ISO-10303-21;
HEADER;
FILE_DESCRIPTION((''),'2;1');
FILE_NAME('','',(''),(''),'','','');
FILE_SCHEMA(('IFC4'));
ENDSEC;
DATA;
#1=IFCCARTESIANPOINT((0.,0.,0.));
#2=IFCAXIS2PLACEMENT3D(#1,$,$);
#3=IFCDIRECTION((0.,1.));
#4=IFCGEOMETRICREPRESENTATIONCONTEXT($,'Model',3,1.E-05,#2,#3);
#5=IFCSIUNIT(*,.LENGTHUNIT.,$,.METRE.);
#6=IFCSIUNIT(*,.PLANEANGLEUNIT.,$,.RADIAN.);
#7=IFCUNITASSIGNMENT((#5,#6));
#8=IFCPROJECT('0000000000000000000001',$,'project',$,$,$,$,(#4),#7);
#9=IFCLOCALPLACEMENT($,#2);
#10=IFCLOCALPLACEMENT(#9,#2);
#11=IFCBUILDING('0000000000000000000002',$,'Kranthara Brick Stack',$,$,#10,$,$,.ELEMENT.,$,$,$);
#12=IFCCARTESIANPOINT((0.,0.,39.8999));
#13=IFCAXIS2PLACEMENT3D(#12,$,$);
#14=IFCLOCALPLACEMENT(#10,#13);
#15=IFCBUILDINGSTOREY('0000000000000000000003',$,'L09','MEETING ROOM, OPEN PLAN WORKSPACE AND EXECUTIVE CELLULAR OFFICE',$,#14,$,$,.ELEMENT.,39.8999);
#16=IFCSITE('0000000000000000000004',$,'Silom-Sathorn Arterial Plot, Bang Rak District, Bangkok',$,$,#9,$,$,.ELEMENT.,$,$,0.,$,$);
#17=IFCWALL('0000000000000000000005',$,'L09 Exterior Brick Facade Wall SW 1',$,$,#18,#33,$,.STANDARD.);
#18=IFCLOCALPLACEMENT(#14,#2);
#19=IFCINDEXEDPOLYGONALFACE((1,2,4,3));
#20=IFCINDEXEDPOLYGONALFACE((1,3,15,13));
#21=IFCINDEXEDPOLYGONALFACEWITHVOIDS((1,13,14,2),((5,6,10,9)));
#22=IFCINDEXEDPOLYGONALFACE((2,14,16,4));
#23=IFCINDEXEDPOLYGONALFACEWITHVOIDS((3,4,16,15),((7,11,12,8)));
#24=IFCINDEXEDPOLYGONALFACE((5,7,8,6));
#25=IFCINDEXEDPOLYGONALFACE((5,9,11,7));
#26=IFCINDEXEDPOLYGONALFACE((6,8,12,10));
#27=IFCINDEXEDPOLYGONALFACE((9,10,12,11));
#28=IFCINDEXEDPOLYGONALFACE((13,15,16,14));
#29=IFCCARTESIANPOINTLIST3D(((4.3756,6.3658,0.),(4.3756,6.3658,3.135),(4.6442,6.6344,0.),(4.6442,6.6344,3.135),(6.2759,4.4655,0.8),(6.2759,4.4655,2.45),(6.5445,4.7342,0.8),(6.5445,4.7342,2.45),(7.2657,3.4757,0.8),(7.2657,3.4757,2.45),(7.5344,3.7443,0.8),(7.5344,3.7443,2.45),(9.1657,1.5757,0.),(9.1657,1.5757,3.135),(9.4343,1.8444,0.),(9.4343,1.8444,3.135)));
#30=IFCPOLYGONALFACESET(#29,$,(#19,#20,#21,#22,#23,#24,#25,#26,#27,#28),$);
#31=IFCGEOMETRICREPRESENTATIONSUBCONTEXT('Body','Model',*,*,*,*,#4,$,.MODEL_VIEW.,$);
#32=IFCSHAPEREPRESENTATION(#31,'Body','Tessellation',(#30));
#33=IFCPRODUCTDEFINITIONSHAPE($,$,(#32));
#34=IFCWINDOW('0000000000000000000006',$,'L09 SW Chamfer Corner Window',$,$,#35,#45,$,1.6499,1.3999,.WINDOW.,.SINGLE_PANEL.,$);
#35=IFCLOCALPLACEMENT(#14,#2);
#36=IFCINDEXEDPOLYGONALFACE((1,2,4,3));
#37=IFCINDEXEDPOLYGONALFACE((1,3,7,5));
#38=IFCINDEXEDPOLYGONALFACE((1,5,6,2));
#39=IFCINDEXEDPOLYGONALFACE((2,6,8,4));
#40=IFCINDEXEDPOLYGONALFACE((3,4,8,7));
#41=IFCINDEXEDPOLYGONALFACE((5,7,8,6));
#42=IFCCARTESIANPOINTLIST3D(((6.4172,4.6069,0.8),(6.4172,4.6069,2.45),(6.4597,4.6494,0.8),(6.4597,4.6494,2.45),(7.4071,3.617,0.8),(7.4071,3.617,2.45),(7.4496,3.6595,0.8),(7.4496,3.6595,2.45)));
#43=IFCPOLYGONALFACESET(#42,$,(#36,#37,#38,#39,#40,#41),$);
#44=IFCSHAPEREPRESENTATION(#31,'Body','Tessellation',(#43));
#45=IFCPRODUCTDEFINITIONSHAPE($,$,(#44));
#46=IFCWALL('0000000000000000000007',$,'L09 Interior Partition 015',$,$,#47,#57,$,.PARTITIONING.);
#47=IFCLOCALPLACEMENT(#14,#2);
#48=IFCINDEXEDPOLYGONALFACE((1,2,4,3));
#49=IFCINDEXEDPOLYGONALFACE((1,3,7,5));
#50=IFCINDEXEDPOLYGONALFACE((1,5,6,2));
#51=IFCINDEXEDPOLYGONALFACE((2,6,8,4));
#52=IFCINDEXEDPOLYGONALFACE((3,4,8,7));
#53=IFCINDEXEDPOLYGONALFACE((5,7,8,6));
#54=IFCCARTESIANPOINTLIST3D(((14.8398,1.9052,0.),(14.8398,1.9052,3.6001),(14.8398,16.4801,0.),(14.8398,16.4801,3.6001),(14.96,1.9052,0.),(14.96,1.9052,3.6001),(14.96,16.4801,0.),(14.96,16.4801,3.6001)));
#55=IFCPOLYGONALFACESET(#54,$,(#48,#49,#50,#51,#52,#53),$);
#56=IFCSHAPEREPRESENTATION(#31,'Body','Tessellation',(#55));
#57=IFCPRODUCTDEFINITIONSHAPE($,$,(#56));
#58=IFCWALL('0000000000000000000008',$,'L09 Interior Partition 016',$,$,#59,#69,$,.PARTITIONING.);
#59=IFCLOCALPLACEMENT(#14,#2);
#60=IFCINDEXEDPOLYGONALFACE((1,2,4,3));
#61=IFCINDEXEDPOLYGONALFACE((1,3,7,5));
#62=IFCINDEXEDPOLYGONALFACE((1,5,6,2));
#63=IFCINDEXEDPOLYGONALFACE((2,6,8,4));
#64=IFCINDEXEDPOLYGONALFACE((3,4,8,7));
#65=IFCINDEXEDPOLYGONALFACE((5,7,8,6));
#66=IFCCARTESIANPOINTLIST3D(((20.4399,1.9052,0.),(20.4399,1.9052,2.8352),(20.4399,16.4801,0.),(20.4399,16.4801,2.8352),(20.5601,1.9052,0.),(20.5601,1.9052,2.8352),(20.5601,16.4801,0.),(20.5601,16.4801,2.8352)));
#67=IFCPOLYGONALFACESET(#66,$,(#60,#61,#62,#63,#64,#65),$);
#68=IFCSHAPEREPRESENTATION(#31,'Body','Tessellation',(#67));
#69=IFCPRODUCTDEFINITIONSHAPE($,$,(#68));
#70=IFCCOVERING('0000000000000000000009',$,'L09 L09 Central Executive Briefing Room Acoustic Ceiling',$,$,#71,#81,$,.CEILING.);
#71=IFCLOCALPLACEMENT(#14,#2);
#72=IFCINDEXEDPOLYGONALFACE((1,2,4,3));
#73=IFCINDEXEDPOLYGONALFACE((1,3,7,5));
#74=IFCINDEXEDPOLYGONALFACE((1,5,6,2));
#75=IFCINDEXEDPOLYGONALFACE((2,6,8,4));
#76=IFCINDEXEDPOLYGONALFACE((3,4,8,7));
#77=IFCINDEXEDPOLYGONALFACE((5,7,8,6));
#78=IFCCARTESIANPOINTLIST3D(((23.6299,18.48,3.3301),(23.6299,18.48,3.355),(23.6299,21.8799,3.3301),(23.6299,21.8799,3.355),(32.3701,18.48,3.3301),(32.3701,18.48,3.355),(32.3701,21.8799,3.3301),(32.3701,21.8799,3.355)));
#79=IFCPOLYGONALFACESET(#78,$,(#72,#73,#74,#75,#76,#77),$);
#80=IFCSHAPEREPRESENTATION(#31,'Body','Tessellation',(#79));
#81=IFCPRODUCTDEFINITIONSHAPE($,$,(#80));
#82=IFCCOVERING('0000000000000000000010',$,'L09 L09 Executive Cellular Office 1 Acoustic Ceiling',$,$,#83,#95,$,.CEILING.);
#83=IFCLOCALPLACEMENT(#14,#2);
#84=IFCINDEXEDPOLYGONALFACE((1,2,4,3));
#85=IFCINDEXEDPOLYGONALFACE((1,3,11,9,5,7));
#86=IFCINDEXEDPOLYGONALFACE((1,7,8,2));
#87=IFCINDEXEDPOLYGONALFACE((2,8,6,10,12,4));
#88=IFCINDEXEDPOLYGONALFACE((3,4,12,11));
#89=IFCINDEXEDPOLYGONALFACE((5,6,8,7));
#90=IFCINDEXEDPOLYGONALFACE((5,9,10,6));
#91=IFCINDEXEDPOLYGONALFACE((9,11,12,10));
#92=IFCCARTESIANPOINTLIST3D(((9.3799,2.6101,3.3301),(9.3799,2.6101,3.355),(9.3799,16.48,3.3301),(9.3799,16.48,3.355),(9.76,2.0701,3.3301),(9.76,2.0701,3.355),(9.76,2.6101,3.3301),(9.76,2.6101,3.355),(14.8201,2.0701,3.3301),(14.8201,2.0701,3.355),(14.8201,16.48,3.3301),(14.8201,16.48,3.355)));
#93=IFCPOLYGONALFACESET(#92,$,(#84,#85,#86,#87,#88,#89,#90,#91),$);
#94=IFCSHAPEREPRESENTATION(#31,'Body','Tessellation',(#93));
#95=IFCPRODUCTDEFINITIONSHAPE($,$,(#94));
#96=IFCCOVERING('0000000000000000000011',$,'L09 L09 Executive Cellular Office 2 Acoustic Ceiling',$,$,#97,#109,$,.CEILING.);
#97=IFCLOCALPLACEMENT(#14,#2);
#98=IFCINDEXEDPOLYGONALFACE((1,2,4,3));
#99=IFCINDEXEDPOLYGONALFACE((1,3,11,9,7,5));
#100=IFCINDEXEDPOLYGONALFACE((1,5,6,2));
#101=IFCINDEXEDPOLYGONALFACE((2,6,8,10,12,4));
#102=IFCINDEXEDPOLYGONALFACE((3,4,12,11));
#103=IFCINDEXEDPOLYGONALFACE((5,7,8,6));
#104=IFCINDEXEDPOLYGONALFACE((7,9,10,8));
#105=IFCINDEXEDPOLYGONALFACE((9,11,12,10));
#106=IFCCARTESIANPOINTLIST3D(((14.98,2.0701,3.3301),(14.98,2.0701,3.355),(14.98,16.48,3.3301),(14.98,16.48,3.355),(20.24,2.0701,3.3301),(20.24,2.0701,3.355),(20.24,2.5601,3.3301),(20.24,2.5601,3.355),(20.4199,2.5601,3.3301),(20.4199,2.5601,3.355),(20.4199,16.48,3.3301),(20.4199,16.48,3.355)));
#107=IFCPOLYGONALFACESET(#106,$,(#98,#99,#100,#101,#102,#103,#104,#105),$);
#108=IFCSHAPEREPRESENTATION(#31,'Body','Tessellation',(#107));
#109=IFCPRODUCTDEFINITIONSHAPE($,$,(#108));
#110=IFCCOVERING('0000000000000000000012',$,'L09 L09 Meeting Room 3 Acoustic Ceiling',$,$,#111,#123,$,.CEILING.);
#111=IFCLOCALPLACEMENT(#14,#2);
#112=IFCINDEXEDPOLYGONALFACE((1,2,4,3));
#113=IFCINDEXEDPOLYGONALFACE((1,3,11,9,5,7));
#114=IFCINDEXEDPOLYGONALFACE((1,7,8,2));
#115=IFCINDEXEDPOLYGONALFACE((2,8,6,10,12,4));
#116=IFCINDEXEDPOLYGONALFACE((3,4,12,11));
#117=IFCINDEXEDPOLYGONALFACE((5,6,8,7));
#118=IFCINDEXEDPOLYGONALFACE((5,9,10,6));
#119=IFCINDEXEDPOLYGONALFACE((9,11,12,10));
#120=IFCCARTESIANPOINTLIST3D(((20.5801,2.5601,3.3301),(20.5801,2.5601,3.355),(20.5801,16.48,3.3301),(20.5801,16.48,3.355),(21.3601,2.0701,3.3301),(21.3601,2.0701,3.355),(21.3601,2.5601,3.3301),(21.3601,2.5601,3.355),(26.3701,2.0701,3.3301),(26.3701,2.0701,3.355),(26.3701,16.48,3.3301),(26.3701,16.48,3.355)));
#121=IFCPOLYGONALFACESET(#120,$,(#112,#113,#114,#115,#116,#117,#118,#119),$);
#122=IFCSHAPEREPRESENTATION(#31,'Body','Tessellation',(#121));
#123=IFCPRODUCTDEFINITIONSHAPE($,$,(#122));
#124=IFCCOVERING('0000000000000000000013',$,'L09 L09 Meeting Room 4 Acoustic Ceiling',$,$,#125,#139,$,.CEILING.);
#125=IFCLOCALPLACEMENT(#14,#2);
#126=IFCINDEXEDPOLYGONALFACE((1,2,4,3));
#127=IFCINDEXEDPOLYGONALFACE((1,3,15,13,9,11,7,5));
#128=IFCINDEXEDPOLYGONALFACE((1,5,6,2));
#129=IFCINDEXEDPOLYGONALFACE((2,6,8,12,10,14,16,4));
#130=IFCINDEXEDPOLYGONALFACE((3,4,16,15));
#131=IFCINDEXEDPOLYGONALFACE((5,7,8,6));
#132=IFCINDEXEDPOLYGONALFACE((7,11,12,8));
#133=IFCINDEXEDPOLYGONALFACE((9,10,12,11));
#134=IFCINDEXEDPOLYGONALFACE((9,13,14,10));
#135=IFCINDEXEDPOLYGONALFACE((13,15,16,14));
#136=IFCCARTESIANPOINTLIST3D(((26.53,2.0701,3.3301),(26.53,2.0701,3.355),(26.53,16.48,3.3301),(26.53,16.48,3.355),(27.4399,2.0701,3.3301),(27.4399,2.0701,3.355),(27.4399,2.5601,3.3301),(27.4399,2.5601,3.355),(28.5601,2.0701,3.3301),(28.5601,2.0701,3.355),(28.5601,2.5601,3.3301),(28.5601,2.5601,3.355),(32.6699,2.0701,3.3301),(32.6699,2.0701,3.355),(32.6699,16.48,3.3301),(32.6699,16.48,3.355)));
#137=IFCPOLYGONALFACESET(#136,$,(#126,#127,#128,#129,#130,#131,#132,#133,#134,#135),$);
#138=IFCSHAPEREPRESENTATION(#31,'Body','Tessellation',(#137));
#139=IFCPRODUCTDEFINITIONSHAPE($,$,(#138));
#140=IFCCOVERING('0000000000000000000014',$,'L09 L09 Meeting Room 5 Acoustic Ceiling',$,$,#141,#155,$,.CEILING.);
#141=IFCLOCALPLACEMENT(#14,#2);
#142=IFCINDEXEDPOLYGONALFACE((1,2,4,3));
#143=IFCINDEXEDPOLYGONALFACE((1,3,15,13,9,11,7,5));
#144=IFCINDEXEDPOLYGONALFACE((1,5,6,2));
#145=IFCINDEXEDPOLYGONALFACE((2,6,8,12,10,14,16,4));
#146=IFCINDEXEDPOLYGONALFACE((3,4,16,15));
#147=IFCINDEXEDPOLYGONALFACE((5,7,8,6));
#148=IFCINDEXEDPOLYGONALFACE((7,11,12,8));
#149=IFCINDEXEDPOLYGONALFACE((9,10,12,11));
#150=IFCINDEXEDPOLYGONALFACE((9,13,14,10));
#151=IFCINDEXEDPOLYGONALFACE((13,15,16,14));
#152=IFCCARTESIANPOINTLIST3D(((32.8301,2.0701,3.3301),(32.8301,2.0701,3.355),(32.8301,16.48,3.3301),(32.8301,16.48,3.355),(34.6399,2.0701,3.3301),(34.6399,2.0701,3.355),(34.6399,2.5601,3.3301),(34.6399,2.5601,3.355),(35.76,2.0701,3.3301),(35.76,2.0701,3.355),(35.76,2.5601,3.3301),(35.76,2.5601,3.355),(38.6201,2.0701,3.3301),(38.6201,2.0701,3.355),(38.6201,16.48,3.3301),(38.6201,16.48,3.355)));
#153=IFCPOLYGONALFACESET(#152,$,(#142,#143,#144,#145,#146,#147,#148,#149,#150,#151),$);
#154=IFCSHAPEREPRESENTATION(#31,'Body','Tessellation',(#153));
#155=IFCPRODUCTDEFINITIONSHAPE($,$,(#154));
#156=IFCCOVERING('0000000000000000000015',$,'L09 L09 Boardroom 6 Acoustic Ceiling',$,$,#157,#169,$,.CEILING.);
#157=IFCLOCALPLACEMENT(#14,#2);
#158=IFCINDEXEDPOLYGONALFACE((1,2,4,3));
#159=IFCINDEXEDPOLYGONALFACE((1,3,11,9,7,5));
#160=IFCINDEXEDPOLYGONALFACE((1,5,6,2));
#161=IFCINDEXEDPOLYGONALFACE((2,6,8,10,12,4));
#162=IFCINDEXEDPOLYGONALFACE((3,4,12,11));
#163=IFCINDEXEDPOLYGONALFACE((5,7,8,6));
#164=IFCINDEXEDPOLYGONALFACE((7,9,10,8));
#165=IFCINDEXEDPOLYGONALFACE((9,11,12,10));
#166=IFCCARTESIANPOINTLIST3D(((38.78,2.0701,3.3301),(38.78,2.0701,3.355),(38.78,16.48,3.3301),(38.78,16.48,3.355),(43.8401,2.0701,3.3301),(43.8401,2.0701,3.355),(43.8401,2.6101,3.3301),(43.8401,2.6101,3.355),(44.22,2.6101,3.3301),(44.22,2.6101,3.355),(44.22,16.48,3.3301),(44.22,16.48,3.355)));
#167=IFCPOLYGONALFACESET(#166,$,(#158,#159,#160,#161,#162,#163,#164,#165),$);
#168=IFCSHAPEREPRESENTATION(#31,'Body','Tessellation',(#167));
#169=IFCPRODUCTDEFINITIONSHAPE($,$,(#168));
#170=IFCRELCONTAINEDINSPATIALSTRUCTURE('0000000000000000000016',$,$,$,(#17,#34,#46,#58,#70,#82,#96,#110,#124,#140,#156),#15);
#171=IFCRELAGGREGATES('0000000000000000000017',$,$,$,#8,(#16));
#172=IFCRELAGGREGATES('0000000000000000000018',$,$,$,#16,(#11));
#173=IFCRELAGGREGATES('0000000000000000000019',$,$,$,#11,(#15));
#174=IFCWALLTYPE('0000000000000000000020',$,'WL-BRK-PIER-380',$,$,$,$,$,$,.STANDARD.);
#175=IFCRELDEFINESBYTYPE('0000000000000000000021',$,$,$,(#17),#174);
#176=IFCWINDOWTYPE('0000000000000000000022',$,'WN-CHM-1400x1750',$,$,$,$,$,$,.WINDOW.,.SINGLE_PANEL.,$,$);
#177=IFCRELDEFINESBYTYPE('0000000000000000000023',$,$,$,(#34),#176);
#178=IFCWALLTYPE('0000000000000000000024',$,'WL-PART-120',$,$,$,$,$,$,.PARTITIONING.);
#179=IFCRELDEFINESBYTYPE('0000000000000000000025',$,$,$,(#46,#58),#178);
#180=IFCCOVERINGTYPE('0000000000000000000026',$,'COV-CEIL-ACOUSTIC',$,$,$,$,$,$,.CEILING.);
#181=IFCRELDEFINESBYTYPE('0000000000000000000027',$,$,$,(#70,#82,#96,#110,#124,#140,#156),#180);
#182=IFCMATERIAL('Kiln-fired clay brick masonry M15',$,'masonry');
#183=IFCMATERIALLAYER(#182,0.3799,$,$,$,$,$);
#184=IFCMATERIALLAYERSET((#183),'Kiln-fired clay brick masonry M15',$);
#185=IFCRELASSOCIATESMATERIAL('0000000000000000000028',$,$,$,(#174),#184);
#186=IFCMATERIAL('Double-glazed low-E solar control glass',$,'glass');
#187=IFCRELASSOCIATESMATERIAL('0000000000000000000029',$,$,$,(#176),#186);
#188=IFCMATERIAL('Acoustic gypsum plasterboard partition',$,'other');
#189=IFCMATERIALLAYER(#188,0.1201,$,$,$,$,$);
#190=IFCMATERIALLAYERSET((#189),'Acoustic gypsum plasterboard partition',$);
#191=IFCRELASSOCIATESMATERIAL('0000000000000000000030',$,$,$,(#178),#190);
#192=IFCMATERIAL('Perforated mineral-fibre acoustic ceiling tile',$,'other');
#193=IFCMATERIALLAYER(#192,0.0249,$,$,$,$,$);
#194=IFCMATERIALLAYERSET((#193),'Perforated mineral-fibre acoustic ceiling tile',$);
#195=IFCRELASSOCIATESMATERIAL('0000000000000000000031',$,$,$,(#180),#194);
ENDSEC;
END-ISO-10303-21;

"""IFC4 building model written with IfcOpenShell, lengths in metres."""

from ifc_helpers import new_model, si_unit, direction, frame, frame_2d, origin, place, context, subcontext, project, spatial, polyline, rectangle, outline, extrude, material, layer, layer_set, type_object, element, fill, save


model = new_model("IFC4")

# Units and contexts
model_context = context("Model", 3, precision=1e-05, world=origin(), true_north=direction((0.0, 1.0)))
body_context = subcontext(model_context, "Body", "Model", "MODEL_VIEW")
ifc_project = project(units=[si_unit("LENGTHUNIT", "METRE"), si_unit("PLANEANGLEUNIT", "RADIAN")], contexts=[model_context])

# Site, building, storey
site_placement = place(None, origin())
site = spatial("IfcSite", under=ifc_project, at=site_placement, Name="Silom-Sathorn Arterial Plot, Bang Rak District, Bangkok", CompositionType="ELEMENT", RefElevation=0.0)
building_placement = place(site_placement, origin())
building = spatial("IfcBuilding", under=site, at=building_placement, Name="Kranthara Brick Stack", CompositionType="ELEMENT")
storey_placement = place(building_placement, frame((0.0, 0.0, 39.8999)))
storey = spatial("IfcBuildingStorey", under=building, at=storey_placement, Name="L09", Description="MEETING ROOM, OPEN PLAN WORKSPACE AND EXECUTIVE CELLULAR OFFICE", CompositionType="ELEMENT", Elevation=39.8999)

# Wall, opening, window
ifc_material_1 = material(Name="Kiln-fired clay brick masonry M15", Category="masonry")
ifc_layer_1 = layer(ifc_material_1, 0.3799)
ifc_layer_set_1 = layer_set([ifc_layer_1], Name="Kiln-fired clay brick masonry M15")
wall_type_1 = type_object("IfcWallType", Name="WL-BRK-PIER-380", PredefinedType="STANDARD", material=ifc_layer_set_1)
wall_1_placement = place(storey_placement, frame((9.3, 1.71, 0.0), z_axis=(0.0, 0.0, 1.0), x_axis=(-0.707107, 0.707107, 0.0)))
wall_1 = element("IfcWall", 1, at=wall_1_placement, inside=storey, type_object=wall_type_1, Name="L09 Exterior Brick Facade Wall SW 1", PredefinedType="STANDARD", context=body_context, shape_type="SweptSolid", body=[
    extrude(rectangle(XDim=6.7742, YDim=0.3799, at=frame_2d((3.3872, 0.0))), origin(), (0.0, 0.0, 1.0), 3.135),
])
opening_placement = place(wall_1_placement, frame((2.687, 0.0, 0.8)))
opening = element("IfcOpeningElement", 2, at=opening_placement, cuts=wall_1, PredefinedType="OPENING", context=body_context, shape_type="SweptSolid", body=[
    extrude(rectangle(XDim=1.3999, YDim=1.6499, at=frame_2d((0.7, 0.825))), frame((0.0, 0.2, 0.0), z_axis=(0.0, -1.0, 0.0), x_axis=(1.0, 0.0, 0.0)), (0.0, 0.0, 1.0), 0.3999),
])
ifc_material_2 = material(Name="Double-glazed low-E solar control glass", Category="glass")
window_type = type_object("IfcWindowType", Name="WN-CHM-1400x1750", PartitioningType="SINGLE_PANEL", PredefinedType="WINDOW", material=ifc_material_2)
window_placement = place(opening_placement, origin())
window = element("IfcWindow", 3, at=window_placement, inside=storey, type_object=window_type, Name="L09 SW Chamfer Corner Window", OverallHeight=1.6499, OverallWidth=1.3999, PartitioningType="SINGLE_PANEL", PredefinedType="WINDOW", context=body_context, shape_type="SweptSolid", body=[
    extrude(rectangle(XDim=1.3999, YDim=1.6499, at=frame_2d((0.7, 0.825))), frame((0.0, -0.01, 0.0), z_axis=(0.0, -1.0, 0.0), x_axis=(1.0, 0.0, 0.0)), (0.0, 0.0, 1.0), 0.0601),
])
fill(opening, window)

# Walls
ifc_material_3 = material(Name="Acoustic gypsum plasterboard partition", Category="other")
ifc_layer_2 = layer(ifc_material_3, 0.1201)
ifc_layer_set_2 = layer_set([ifc_layer_2], Name="Acoustic gypsum plasterboard partition")
wall_type_2 = type_object("IfcWallType", Name="WL-PART-120", PredefinedType="PARTITIONING", material=ifc_layer_set_2)
wall_2_placement = place(storey_placement, frame((14.8999, 1.905, 0.0), z_axis=(0.0, 0.0, 1.0), x_axis=(0.0, 1.0, 0.0)))
element("IfcWall", 4, at=wall_2_placement, inside=storey, type_object=wall_type_2, Name="L09 Interior Partition 015", PredefinedType="PARTITIONING", context=body_context, shape_type="SweptSolid", body=[
    extrude(rectangle(XDim=14.575, YDim=0.1201, at=frame_2d((7.2876, 0.0))), origin(), (0.0, 0.0, 1.0), 3.6001),
])
wall_3_placement = place(storey_placement, frame((20.5, 1.905, 0.0), z_axis=(0.0, 0.0, 1.0), x_axis=(0.0, 1.0, 0.0)))
element("IfcWall", 5, at=wall_3_placement, inside=storey, type_object=wall_type_2, Name="L09 Interior Partition 016", PredefinedType="PARTITIONING", context=body_context, shape_type="SweptSolid", body=[
    extrude(rectangle(XDim=14.575, YDim=0.1201, at=frame_2d((7.2876, 0.0))), origin(), (0.0, 0.0, 1.0), 2.8352),
])

# Coverings
ifc_material_4 = material(Name="Perforated mineral-fibre acoustic ceiling tile", Category="other")
ifc_layer_3 = layer(ifc_material_4, 0.0249)
ifc_layer_set_3 = layer_set([ifc_layer_3], Name="Perforated mineral-fibre acoustic ceiling tile")
covering_type_1 = type_object("IfcCoveringType", Name="COV-CEIL-ACOUSTIC", PredefinedType="CEILING", material=ifc_layer_set_3)
covering_1_placement = place(storey_placement, frame((0.0, 0.0, 3.3301)))
element("IfcCovering", 6, at=covering_1_placement, inside=storey, type_object=covering_type_1, Name="L09 L09 Central Executive Briefing Room Acoustic Ceiling", PredefinedType="CEILING", context=body_context, shape_type="SweptSolid", body=[
    extrude(outline(polyline([(32.3701, 18.48), (32.3701, 21.8799), (23.6299, 21.8799), (23.6299, 18.48), (32.3701, 18.48)])), origin(), (0.0, 0.0, 1.0), 0.0249),
])
covering_2_placement = place(storey_placement, frame((0.0, 0.0, 3.3301)))
element("IfcCovering", 7, at=covering_2_placement, inside=storey, type_object=covering_type_1, Name="L09 L09 Executive Cellular Office 1 Acoustic Ceiling", PredefinedType="CEILING", context=body_context, shape_type="SweptSolid", body=[
    extrude(outline(polyline([(9.3799, 16.48), (14.8201, 16.48), (14.8201, 2.0701), (9.76, 2.0701), (9.76, 2.6101), (9.3799, 2.6101), (9.3799, 16.48)])), origin(), (0.0, 0.0, 1.0), 0.0249),
])
covering_3_placement = place(storey_placement, frame((0.0, 0.0, 3.3301)))
element("IfcCovering", 8, at=covering_3_placement, inside=storey, type_object=covering_type_1, Name="L09 L09 Executive Cellular Office 2 Acoustic Ceiling", PredefinedType="CEILING", context=body_context, shape_type="SweptSolid", body=[
    extrude(outline(polyline([(14.98, 2.0701), (14.98, 16.48), (20.4199, 16.48), (20.4199, 2.5601), (20.24, 2.5601), (20.24, 2.0701), (14.98, 2.0701)])), origin(), (0.0, 0.0, 1.0), 0.0249),
])
covering_4_placement = place(storey_placement, frame((0.0, 0.0, 3.3301)))
element("IfcCovering", 9, at=covering_4_placement, inside=storey, type_object=covering_type_1, Name="L09 L09 Meeting Room 3 Acoustic Ceiling", PredefinedType="CEILING", context=body_context, shape_type="SweptSolid", body=[
    extrude(outline(polyline([(20.5801, 16.48), (26.3701, 16.48), (26.3701, 2.0701), (21.3601, 2.0701), (21.3601, 2.5601), (20.5801, 2.5601), (20.5801, 16.48)])), origin(), (0.0, 0.0, 1.0), 0.0249),
])
covering_5_placement = place(storey_placement, frame((0.0, 0.0, 3.3301)))
element("IfcCovering", 10, at=covering_5_placement, inside=storey, type_object=covering_type_1, Name="L09 L09 Meeting Room 4 Acoustic Ceiling", PredefinedType="CEILING", context=body_context, shape_type="SweptSolid", body=[
    extrude(outline(polyline([(26.53, 2.0701), (26.53, 16.48), (32.6699, 16.48), (32.6699, 2.0701), (28.5601, 2.0701), (28.5601, 2.5601), (27.4399, 2.5601), (27.4399, 2.0701), (26.53, 2.0701)])), origin(), (0.0, 0.0, 1.0), 0.0249),
])
covering_6_placement = place(storey_placement, frame((0.0, 0.0, 3.3301)))
element("IfcCovering", 11, at=covering_6_placement, inside=storey, type_object=covering_type_1, Name="L09 L09 Meeting Room 5 Acoustic Ceiling", PredefinedType="CEILING", context=body_context, shape_type="SweptSolid", body=[
    extrude(outline(polyline([(32.8301, 2.0701), (32.8301, 16.48), (38.6201, 16.48), (38.6201, 2.0701), (35.76, 2.0701), (35.76, 2.5601), (34.6399, 2.5601), (34.6399, 2.0701), (32.8301, 2.0701)])), origin(), (0.0, 0.0, 1.0), 0.0249),
])
covering_7_placement = place(storey_placement, frame((0.0, 0.0, 3.3301)))
element("IfcCovering", 12, at=covering_7_placement, inside=storey, type_object=covering_type_1, Name="L09 L09 Boardroom 6 Acoustic Ceiling", PredefinedType="CEILING", context=body_context, shape_type="SweptSolid", body=[
    extrude(outline(polyline([(38.78, 2.0701), (38.78, 16.48), (44.22, 16.48), (44.22, 2.6101), (43.8401, 2.6101), (43.8401, 2.0701), (38.78, 2.0701)])), origin(), (0.0, 0.0, 1.0), 0.0249),
])

save(model, "model.ifc")
